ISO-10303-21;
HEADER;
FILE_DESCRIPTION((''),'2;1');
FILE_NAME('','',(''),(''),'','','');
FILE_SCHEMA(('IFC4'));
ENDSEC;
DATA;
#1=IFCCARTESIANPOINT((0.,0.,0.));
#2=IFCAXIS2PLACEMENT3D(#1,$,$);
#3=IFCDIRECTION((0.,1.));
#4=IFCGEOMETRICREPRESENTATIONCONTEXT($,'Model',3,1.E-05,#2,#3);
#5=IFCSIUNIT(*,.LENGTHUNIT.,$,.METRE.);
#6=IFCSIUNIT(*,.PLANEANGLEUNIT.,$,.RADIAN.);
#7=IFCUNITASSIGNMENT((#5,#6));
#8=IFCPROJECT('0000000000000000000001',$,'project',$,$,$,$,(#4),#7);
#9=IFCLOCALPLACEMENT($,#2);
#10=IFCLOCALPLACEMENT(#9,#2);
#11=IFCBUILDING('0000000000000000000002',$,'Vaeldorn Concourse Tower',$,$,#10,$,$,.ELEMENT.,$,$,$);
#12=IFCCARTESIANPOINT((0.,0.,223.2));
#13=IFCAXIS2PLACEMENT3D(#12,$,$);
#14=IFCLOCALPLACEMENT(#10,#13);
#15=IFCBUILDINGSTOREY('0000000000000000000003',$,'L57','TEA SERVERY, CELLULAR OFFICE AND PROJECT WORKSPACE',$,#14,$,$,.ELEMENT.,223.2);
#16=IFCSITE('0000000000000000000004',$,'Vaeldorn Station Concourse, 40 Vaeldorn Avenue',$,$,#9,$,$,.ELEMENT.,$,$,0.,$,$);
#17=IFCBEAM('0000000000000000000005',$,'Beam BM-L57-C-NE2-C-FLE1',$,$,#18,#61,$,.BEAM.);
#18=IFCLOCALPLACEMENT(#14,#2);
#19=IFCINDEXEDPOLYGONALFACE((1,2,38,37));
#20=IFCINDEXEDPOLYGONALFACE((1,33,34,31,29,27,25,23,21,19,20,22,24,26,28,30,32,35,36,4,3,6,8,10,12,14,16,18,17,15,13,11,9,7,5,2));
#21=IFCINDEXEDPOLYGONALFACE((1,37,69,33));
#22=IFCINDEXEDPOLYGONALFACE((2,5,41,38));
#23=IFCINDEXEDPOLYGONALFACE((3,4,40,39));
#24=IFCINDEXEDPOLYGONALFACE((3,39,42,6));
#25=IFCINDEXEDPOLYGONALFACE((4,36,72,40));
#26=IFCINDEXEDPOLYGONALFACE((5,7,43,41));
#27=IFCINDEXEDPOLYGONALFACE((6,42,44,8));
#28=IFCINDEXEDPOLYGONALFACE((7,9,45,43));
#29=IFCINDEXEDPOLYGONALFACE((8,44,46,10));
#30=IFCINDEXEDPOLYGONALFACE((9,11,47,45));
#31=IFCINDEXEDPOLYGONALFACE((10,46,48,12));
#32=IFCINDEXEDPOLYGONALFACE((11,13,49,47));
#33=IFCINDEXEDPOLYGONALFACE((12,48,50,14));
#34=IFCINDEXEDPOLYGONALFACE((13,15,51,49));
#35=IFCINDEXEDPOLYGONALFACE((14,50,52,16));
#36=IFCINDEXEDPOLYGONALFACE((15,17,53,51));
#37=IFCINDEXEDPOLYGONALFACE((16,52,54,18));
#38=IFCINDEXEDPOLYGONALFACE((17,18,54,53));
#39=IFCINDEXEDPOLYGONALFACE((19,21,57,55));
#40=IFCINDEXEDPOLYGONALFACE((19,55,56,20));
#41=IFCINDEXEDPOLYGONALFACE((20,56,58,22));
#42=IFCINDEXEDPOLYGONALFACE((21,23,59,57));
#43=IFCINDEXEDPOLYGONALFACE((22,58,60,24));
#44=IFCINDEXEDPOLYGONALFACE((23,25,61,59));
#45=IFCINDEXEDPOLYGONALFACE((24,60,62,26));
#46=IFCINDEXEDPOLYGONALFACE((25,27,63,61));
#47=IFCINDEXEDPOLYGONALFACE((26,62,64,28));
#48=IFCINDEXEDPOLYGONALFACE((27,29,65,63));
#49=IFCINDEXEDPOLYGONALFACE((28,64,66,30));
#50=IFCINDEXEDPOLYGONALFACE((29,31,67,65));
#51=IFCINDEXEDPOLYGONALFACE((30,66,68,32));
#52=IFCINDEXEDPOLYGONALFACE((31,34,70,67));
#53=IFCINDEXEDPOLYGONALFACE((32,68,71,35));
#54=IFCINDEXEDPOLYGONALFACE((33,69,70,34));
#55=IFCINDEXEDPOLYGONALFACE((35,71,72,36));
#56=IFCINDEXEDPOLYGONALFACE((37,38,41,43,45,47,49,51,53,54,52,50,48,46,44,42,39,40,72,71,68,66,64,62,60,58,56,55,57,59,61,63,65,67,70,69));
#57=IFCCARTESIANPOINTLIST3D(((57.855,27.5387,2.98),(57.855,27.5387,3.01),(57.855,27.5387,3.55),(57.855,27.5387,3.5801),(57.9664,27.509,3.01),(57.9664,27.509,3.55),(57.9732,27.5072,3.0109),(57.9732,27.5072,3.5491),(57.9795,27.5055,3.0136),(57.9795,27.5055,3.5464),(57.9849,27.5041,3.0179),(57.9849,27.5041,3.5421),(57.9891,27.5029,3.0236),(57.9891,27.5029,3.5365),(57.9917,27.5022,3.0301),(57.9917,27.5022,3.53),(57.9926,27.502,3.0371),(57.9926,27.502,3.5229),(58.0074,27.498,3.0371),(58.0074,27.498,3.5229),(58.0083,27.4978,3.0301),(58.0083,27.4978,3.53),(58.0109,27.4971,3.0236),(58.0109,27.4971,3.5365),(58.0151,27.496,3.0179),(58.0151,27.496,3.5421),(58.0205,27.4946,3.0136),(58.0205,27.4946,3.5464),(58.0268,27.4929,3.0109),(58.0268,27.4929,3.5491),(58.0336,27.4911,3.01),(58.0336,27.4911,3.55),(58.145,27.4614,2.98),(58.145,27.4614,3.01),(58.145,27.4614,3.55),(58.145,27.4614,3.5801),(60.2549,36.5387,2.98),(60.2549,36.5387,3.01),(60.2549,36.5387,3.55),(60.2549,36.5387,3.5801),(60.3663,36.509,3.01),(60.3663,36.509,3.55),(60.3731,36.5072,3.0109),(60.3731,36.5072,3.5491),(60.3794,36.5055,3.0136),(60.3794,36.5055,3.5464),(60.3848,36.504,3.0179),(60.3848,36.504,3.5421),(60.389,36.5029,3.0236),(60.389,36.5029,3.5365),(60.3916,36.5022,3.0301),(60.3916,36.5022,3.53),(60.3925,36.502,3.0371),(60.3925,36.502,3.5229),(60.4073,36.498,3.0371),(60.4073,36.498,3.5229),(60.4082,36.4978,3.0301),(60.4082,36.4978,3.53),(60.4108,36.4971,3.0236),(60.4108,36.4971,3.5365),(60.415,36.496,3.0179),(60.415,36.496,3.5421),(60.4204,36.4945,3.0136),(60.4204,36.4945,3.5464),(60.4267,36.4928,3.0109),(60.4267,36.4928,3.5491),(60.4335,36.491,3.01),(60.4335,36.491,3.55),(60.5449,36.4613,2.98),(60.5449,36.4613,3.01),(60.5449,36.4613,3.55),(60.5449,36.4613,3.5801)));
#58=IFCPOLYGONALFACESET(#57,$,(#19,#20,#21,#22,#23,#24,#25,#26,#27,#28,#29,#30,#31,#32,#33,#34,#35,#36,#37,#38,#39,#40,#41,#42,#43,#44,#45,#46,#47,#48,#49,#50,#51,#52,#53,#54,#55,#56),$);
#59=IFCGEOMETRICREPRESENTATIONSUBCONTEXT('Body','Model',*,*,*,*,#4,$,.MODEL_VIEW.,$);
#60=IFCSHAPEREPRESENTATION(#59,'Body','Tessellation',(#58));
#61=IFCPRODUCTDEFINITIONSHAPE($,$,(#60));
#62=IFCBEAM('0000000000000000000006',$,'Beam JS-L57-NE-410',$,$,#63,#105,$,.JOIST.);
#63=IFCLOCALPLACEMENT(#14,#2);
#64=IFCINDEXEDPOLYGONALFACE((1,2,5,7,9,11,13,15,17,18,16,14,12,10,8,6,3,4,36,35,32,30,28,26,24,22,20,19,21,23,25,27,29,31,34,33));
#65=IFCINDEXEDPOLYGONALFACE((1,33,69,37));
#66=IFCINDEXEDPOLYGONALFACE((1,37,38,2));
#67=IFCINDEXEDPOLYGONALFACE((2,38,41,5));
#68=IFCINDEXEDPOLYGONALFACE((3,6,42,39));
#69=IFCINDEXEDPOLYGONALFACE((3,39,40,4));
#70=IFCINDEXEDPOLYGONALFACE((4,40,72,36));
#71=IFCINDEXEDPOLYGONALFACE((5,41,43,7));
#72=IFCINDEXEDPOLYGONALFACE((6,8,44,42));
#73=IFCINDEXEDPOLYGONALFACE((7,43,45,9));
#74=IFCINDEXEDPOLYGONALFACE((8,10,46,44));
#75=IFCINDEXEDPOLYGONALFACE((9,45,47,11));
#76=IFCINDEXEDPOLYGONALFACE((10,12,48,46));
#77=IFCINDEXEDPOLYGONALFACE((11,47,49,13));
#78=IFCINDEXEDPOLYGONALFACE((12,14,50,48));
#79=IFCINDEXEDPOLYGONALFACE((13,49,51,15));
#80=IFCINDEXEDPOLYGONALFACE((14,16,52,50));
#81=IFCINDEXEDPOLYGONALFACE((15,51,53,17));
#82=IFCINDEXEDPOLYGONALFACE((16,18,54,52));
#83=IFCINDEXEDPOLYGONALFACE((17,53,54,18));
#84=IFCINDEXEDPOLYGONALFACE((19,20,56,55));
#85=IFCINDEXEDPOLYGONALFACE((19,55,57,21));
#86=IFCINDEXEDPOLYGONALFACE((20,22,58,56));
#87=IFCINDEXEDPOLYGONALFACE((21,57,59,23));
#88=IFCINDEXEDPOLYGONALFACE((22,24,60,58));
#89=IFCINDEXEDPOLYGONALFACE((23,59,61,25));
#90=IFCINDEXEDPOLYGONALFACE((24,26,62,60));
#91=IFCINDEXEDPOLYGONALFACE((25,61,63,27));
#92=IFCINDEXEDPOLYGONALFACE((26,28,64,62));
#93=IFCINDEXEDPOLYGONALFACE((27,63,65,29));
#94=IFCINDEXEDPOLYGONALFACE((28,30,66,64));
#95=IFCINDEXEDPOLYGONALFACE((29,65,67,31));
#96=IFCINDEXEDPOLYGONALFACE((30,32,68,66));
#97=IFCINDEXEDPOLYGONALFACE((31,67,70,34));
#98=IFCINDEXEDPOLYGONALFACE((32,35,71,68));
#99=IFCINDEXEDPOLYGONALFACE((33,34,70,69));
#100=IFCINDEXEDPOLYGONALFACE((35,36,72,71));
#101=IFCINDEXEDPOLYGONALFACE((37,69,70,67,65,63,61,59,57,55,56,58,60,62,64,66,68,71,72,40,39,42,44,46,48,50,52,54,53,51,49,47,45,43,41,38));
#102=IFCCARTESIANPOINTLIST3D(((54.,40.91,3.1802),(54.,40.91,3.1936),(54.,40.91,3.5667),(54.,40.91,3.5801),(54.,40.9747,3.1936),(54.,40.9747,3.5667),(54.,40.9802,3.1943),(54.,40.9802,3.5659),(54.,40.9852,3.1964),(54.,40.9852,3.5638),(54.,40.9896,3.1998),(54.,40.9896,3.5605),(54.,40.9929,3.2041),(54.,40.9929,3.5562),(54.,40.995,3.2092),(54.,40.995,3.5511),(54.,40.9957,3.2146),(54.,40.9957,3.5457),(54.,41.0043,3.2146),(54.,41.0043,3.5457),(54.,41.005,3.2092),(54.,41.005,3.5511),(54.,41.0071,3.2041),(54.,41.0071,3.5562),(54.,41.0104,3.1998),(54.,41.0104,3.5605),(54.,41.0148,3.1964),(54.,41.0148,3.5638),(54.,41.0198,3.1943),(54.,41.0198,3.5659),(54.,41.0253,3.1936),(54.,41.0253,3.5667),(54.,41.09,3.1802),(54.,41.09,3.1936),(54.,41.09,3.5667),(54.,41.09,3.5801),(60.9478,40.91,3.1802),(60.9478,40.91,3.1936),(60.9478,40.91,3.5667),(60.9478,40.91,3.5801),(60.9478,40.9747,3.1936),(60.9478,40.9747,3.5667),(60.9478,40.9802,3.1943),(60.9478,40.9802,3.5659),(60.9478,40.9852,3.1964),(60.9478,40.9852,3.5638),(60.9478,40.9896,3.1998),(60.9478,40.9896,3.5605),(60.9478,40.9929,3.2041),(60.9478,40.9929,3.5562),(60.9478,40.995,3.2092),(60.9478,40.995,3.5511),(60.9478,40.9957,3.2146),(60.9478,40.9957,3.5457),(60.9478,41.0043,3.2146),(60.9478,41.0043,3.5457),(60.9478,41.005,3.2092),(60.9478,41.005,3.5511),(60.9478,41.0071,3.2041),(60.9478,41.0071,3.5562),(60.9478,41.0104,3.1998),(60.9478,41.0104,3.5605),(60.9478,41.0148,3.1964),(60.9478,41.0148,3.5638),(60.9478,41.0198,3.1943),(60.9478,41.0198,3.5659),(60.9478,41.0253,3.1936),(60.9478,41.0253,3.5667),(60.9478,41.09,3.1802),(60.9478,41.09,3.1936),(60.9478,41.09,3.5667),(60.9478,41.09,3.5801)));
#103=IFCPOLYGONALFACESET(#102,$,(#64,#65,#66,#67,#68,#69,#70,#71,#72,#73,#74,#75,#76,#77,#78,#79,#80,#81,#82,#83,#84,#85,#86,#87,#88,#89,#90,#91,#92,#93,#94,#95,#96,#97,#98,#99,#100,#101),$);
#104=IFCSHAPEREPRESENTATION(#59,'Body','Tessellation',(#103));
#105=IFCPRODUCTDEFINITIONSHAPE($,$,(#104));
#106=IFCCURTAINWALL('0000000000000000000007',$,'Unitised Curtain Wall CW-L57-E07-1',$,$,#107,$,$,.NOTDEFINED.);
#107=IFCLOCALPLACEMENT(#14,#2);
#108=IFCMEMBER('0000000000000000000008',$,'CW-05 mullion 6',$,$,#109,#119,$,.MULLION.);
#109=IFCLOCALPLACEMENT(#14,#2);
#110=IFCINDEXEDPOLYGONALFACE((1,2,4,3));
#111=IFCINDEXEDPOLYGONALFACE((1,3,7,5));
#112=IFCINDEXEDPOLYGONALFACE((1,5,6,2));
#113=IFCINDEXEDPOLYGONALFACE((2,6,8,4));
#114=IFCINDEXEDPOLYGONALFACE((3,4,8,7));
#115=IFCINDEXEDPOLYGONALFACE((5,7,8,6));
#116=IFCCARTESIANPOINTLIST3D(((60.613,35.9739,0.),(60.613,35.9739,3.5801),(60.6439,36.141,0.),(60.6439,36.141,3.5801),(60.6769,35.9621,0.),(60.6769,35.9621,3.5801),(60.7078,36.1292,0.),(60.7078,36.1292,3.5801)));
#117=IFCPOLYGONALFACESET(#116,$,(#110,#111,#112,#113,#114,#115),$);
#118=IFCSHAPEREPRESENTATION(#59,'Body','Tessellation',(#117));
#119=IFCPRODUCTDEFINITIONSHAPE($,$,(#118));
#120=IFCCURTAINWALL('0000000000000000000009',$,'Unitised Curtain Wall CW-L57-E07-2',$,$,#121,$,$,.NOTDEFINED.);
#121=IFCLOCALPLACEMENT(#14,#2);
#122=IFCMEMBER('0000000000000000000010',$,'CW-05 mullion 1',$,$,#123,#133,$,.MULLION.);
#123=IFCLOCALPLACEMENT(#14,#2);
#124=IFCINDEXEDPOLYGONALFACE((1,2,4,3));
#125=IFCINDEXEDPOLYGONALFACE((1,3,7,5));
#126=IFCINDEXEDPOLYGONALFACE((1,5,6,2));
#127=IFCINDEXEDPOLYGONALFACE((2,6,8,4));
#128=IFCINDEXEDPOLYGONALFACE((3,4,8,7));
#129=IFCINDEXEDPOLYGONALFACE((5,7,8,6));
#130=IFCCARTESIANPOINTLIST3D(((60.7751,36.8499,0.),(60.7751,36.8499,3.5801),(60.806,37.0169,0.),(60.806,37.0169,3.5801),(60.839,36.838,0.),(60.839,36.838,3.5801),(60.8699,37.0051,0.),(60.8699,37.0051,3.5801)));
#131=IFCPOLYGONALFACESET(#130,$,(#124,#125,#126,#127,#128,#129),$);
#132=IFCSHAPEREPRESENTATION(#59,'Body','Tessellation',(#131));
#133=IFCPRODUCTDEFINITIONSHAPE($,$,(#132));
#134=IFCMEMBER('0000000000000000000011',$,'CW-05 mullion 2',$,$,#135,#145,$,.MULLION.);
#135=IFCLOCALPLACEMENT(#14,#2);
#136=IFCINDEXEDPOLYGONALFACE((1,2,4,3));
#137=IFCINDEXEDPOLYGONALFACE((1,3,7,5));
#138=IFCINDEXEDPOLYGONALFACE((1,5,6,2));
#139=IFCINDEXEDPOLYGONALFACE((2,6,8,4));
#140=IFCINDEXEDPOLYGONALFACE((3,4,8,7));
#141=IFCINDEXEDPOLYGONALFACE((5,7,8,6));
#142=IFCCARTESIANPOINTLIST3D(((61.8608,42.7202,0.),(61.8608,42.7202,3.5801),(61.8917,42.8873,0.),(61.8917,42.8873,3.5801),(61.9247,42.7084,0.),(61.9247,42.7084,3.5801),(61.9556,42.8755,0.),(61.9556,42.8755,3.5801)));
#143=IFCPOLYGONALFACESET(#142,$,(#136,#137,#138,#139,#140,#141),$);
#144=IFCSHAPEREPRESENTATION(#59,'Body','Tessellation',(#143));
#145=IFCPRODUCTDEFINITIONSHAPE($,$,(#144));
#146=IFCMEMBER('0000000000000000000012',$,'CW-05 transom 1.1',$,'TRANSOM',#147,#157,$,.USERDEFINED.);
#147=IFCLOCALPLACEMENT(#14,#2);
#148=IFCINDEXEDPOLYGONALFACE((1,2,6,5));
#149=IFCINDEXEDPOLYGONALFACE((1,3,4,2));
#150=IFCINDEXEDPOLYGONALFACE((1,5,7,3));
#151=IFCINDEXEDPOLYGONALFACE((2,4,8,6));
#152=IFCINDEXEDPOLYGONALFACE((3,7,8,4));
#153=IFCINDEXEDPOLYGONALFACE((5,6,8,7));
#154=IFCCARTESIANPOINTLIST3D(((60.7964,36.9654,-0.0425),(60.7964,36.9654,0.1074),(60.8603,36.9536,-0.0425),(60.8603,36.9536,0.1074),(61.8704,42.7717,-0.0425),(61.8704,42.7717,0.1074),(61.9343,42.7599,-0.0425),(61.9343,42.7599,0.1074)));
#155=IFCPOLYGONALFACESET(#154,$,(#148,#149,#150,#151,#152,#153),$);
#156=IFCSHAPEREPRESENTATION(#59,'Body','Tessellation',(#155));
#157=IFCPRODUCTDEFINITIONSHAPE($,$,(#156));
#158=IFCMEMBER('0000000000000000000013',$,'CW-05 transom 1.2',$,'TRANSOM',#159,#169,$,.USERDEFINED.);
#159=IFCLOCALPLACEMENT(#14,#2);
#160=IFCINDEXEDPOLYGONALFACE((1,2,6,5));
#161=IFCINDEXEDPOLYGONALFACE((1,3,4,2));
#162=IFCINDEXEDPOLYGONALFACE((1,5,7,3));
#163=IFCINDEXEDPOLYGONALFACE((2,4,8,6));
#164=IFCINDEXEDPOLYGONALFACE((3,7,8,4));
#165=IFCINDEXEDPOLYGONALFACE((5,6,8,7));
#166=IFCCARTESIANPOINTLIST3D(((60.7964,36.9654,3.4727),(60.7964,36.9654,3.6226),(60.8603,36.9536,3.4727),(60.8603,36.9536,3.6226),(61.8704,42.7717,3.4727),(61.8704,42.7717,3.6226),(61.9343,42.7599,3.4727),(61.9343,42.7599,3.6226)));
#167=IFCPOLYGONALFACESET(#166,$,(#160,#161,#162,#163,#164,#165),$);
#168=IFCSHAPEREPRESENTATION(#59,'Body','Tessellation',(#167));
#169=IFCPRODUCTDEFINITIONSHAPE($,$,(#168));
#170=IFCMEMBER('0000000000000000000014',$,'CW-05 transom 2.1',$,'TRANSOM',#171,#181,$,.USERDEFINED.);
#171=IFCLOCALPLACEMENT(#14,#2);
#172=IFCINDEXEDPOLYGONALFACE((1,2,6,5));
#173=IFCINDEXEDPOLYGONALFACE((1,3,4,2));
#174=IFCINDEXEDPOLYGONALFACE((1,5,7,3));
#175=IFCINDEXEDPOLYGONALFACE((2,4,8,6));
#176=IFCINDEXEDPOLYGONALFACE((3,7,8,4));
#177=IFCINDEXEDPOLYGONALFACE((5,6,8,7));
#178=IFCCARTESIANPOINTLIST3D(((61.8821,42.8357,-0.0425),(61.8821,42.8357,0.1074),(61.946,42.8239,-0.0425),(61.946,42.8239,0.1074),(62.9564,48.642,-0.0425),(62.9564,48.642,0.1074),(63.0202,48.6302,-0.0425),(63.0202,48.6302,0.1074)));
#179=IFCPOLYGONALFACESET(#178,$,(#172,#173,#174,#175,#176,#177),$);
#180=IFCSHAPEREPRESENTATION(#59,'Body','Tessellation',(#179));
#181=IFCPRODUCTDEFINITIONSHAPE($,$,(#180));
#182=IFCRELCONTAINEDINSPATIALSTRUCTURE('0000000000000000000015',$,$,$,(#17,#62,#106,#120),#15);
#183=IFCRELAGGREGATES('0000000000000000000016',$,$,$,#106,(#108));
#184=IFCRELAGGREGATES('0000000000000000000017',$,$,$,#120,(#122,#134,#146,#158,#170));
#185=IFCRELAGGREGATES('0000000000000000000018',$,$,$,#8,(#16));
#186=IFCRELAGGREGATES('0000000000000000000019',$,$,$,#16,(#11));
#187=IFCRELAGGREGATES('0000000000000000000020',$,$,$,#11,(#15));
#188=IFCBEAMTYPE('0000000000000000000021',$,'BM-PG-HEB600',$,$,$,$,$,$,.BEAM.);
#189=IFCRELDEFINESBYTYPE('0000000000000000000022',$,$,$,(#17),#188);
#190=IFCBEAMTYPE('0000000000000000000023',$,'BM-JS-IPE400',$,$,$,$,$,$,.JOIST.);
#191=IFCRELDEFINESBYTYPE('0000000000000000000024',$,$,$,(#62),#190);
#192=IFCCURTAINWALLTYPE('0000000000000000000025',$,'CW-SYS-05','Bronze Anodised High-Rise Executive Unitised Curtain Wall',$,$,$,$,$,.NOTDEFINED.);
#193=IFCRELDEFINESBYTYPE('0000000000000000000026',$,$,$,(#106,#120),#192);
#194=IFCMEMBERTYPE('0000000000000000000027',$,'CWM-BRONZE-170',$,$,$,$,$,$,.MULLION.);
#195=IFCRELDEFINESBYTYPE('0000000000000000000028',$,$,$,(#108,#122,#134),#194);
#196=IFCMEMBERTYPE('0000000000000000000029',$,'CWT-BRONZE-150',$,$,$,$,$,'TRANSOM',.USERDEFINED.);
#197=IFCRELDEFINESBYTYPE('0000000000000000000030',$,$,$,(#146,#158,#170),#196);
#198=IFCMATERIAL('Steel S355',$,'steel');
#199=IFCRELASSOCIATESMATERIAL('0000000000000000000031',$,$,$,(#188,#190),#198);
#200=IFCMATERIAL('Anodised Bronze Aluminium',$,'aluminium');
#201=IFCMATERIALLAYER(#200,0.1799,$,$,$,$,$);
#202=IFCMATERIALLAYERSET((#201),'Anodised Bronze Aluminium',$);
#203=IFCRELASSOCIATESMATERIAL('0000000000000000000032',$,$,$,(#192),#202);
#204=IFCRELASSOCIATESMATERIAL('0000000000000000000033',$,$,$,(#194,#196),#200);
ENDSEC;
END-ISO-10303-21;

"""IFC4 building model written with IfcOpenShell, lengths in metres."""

from ifc_helpers import new_model, si_unit, direction, frame, origin, origin_2d, place, context, subcontext, project, spatial, rectangle, i_section, extrude, source, transform, mapped, material, layer, layer_set, material_profile, profile_set, type_object, element, aggregate, save


model = new_model("IFC4")

# Units and contexts
model_context = context("Model", 3, precision=1e-05, world=origin(), true_north=direction((0.0, 1.0)))
body_context = subcontext(model_context, "Body", "Model", "MODEL_VIEW")
ifc_project = project(units=[si_unit("LENGTHUNIT", "METRE"), si_unit("PLANEANGLEUNIT", "RADIAN")], contexts=[model_context])

# Site, building, storey
site_placement = place(None, origin())
site = spatial("IfcSite", under=ifc_project, at=site_placement, Name="Vaeldorn Station Concourse, 40 Vaeldorn Avenue", CompositionType="ELEMENT", RefElevation=0.0)
building_placement = place(site_placement, origin())
building = spatial("IfcBuilding", under=site, at=building_placement, Name="Vaeldorn Concourse Tower", CompositionType="ELEMENT")
storey_placement = place(building_placement, frame((0.0, 0.0, 223.2)))
storey = spatial("IfcBuildingStorey", under=building, at=storey_placement, Name="L57", Description="TEA SERVERY, CELLULAR OFFICE AND PROJECT WORKSPACE", CompositionType="ELEMENT", Elevation=223.2)

# Beams
ifc_material_1 = material(Name="Steel S355", Category="steel")
ifc_material_profile_1 = material_profile(ifc_material_1, i_section(OverallWidth=0.3, OverallDepth=0.6001, WebThickness=0.0154, FlangeThickness=0.03, FilletRadius=0.0271, at=origin_2d()), Name="HEB 600")
ifc_profile_set_1 = profile_set([ifc_material_profile_1], Name="Steel S355")
beam_type_1 = type_object("IfcBeamType", Name="BM-PG-HEB600", PredefinedType="BEAM", material=ifc_profile_set_1)
shared_shape_1 = source(origin(), body_context, "Body", "SweptSolid", [
    extrude(i_section(OverallWidth=0.3, OverallDepth=0.6001, WebThickness=0.0154, FlangeThickness=0.03, FilletRadius=0.0271, at=origin_2d()), origin(), (0.0, 0.0, 1.0), 9.3145),
])
beam_1_placement = place(storey_placement, frame((60.3999, 36.5, 3.28), z_axis=(-0.257653, -0.966238, 0.0), x_axis=(0.966238, -0.257653, 0.0)))
element("IfcBeam", 1, at=beam_1_placement, inside=storey, type_object=beam_type_1, Name="Beam BM-L57-C-NE2-C-FLE1", PredefinedType="BEAM", context=body_context, shape_type="MappedRepresentation", body=[
    mapped(shared_shape_1, transform((0.0, 0.0, 0.0), scale=1.0)),
])
ifc_material_profile_2 = material_profile(ifc_material_1, i_section(OverallWidth=0.1799, OverallDepth=0.3999, WebThickness=0.0085, FlangeThickness=0.0134, FilletRadius=0.021, at=origin_2d()), Name="IPE 400")
ifc_profile_set_2 = profile_set([ifc_material_profile_2], Name="Steel S355")
beam_type_2 = type_object("IfcBeamType", Name="BM-JS-IPE400", PredefinedType="JOIST", material=ifc_profile_set_2)
shared_shape_2 = source(origin(), body_context, "Body", "SweptSolid", [
    extrude(i_section(OverallWidth=0.1799, OverallDepth=0.3999, WebThickness=0.0085, FlangeThickness=0.0134, FilletRadius=0.021, at=origin_2d()), origin(), (0.0, 0.0, 1.0), 6.9478),
])
beam_2_placement = place(storey_placement, frame((54.0, 41.0, 3.3801), z_axis=(1.0, 0.0, 0.0), x_axis=(0.0, 1.0, 0.0)))
element("IfcBeam", 2, at=beam_2_placement, inside=storey, type_object=beam_type_2, Name="Beam JS-L57-NE-410", PredefinedType="JOIST", context=body_context, shape_type="MappedRepresentation", body=[
    mapped(shared_shape_2, transform((0.0, 0.0, 0.0), scale=1.0)),
])

# Curtain wall, member
ifc_material_2 = material(Name="Anodised Bronze Aluminium", Category="aluminium")
ifc_layer_1 = layer(ifc_material_2, 0.1799)
ifc_layer_set_1 = layer_set([ifc_layer_1], Name="Anodised Bronze Aluminium")
curtain_wall_type = type_object("IfcCurtainWallType", Name="CW-SYS-05", Description="Bronze Anodised High-Rise Executive Unitised Curtain Wall", PredefinedType="NOTDEFINED", material=ifc_layer_set_1)
curtain_wall_1_placement = place(storey_placement, origin())
curtain_wall_1 = element("IfcCurtainWall", 3, at=curtain_wall_1_placement, inside=storey, type_object=curtain_wall_type, Name="Unitised Curtain Wall CW-L57-E07-1", PredefinedType="NOTDEFINED")
ifc_material_profile_3 = material_profile(ifc_material_2, rectangle(XDim=0.0649, YDim=0.1699, at=origin_2d()), Name="CWM 65x170")
ifc_profile_set_3 = profile_set([ifc_material_profile_3], Name="Anodised Bronze Aluminium")
member_type_1 = type_object("IfcMemberType", Name="CWM-BRONZE-170", PredefinedType="MULLION", material=ifc_profile_set_3)
shared_shape_3 = source(origin(), body_context, "Body", "SweptSolid", [
    extrude(rectangle(XDim=0.0649, YDim=0.1699, at=origin_2d()), origin(), (0.0, 0.0, 1.0), 3.5801),
])
member_1_placement = place(storey_placement, frame((60.6604, 36.0515, 0.0), z_axis=(0.0, 0.0, 1.0), x_axis=(-0.983319, 0.181889, 0.0)))
member_1 = element("IfcMember", 4, at=member_1_placement, type_object=member_type_1, Name="CW-05 mullion 6", PredefinedType="MULLION", context=body_context, shape_type="MappedRepresentation", body=[
    mapped(shared_shape_3, transform((0.0, 0.0, 0.0), scale=1.0)),
])
aggregate(curtain_wall_1, [member_1])

# Curtain wall, members
curtain_wall_2_placement = place(storey_placement, origin())
curtain_wall_2 = element("IfcCurtainWall", 5, at=curtain_wall_2_placement, inside=storey, type_object=curtain_wall_type, Name="Unitised Curtain Wall CW-L57-E07-2", PredefinedType="NOTDEFINED")
member_2_placement = place(storey_placement, frame((60.8225, 36.9275, 0.0), z_axis=(0.0, 0.0, 1.0), x_axis=(-0.983319, 0.181888, 0.0)))
member_2 = element("IfcMember", 6, at=member_2_placement, type_object=member_type_1, Name="CW-05 mullion 1", PredefinedType="MULLION", context=body_context, shape_type="MappedRepresentation", body=[
    mapped(shared_shape_3, transform((0.0, 0.0, 0.0), scale=1.0)),
])
member_3_placement = place(storey_placement, frame((61.9082, 42.7979, 0.0), z_axis=(0.0, 0.0, 1.0), x_axis=(-0.983319, 0.181888, 0.0)))
member_3 = element("IfcMember", 7, at=member_3_placement, type_object=member_type_1, Name="CW-05 mullion 2", PredefinedType="MULLION", context=body_context, shape_type="MappedRepresentation", body=[
    mapped(shared_shape_3, transform((0.0, 0.0, 0.0), scale=1.0)),
])
ifc_material_profile_4 = material_profile(ifc_material_2, rectangle(XDim=0.0649, YDim=0.1499, at=origin_2d()), Name="CWT 65x150")
ifc_profile_set_4 = profile_set([ifc_material_profile_4], Name="Anodised Bronze Aluminium")
member_type_2 = type_object("IfcMemberType", Name="CWT-BRONZE-150", ElementType="TRANSOM", PredefinedType="USERDEFINED", material=ifc_profile_set_4)
shared_shape_4 = source(origin(), body_context, "Body", "SweptSolid", [
    extrude(rectangle(XDim=0.0649, YDim=0.1499, at=origin_2d()), origin(), (0.0, 0.0, 1.0), 5.9048),
])
member_4_placement = place(storey_placement, frame((60.8284, 36.9595, 0.0325), z_axis=(0.181879, 0.983321, 0.0), x_axis=(-0.983321, 0.181879, 0.0)))
member_4 = element("IfcMember", 8, at=member_4_placement, type_object=member_type_2, Name="CW-05 transom 1.1", ObjectType="TRANSOM", PredefinedType="USERDEFINED", context=body_context, shape_type="MappedRepresentation", body=[
    mapped(shared_shape_4, transform((0.0, 0.0, 0.0), scale=1.0)),
])
member_5_placement = place(storey_placement, frame((60.8284, 36.9595, 3.5476), z_axis=(0.181879, 0.983321, 0.0), x_axis=(-0.983321, 0.181879, 0.0)))
member_5 = element("IfcMember", 9, at=member_5_placement, type_object=member_type_2, Name="CW-05 transom 1.2", ObjectType="TRANSOM", PredefinedType="USERDEFINED", context=body_context, shape_type="MappedRepresentation", body=[
    mapped(shared_shape_4, transform((0.0, 0.0, 0.0), scale=1.0)),
])
member_6_placement = place(storey_placement, frame((61.9141, 42.8298, 0.0325), z_axis=(0.181926, 0.983312, 0.0), x_axis=(-0.983312, 0.181926, 0.0)))
member_6 = element("IfcMember", 10, at=member_6_placement, type_object=member_type_2, Name="CW-05 transom 2.1", ObjectType="TRANSOM", PredefinedType="USERDEFINED", context=body_context, shape_type="MappedRepresentation", body=[
    mapped(shared_shape_4, transform((0.0, 0.0, 0.0), scale=1.0)),
])
aggregate(curtain_wall_2, [member_2, member_3, member_4, member_5, member_6])

save(model, "model.ifc")
